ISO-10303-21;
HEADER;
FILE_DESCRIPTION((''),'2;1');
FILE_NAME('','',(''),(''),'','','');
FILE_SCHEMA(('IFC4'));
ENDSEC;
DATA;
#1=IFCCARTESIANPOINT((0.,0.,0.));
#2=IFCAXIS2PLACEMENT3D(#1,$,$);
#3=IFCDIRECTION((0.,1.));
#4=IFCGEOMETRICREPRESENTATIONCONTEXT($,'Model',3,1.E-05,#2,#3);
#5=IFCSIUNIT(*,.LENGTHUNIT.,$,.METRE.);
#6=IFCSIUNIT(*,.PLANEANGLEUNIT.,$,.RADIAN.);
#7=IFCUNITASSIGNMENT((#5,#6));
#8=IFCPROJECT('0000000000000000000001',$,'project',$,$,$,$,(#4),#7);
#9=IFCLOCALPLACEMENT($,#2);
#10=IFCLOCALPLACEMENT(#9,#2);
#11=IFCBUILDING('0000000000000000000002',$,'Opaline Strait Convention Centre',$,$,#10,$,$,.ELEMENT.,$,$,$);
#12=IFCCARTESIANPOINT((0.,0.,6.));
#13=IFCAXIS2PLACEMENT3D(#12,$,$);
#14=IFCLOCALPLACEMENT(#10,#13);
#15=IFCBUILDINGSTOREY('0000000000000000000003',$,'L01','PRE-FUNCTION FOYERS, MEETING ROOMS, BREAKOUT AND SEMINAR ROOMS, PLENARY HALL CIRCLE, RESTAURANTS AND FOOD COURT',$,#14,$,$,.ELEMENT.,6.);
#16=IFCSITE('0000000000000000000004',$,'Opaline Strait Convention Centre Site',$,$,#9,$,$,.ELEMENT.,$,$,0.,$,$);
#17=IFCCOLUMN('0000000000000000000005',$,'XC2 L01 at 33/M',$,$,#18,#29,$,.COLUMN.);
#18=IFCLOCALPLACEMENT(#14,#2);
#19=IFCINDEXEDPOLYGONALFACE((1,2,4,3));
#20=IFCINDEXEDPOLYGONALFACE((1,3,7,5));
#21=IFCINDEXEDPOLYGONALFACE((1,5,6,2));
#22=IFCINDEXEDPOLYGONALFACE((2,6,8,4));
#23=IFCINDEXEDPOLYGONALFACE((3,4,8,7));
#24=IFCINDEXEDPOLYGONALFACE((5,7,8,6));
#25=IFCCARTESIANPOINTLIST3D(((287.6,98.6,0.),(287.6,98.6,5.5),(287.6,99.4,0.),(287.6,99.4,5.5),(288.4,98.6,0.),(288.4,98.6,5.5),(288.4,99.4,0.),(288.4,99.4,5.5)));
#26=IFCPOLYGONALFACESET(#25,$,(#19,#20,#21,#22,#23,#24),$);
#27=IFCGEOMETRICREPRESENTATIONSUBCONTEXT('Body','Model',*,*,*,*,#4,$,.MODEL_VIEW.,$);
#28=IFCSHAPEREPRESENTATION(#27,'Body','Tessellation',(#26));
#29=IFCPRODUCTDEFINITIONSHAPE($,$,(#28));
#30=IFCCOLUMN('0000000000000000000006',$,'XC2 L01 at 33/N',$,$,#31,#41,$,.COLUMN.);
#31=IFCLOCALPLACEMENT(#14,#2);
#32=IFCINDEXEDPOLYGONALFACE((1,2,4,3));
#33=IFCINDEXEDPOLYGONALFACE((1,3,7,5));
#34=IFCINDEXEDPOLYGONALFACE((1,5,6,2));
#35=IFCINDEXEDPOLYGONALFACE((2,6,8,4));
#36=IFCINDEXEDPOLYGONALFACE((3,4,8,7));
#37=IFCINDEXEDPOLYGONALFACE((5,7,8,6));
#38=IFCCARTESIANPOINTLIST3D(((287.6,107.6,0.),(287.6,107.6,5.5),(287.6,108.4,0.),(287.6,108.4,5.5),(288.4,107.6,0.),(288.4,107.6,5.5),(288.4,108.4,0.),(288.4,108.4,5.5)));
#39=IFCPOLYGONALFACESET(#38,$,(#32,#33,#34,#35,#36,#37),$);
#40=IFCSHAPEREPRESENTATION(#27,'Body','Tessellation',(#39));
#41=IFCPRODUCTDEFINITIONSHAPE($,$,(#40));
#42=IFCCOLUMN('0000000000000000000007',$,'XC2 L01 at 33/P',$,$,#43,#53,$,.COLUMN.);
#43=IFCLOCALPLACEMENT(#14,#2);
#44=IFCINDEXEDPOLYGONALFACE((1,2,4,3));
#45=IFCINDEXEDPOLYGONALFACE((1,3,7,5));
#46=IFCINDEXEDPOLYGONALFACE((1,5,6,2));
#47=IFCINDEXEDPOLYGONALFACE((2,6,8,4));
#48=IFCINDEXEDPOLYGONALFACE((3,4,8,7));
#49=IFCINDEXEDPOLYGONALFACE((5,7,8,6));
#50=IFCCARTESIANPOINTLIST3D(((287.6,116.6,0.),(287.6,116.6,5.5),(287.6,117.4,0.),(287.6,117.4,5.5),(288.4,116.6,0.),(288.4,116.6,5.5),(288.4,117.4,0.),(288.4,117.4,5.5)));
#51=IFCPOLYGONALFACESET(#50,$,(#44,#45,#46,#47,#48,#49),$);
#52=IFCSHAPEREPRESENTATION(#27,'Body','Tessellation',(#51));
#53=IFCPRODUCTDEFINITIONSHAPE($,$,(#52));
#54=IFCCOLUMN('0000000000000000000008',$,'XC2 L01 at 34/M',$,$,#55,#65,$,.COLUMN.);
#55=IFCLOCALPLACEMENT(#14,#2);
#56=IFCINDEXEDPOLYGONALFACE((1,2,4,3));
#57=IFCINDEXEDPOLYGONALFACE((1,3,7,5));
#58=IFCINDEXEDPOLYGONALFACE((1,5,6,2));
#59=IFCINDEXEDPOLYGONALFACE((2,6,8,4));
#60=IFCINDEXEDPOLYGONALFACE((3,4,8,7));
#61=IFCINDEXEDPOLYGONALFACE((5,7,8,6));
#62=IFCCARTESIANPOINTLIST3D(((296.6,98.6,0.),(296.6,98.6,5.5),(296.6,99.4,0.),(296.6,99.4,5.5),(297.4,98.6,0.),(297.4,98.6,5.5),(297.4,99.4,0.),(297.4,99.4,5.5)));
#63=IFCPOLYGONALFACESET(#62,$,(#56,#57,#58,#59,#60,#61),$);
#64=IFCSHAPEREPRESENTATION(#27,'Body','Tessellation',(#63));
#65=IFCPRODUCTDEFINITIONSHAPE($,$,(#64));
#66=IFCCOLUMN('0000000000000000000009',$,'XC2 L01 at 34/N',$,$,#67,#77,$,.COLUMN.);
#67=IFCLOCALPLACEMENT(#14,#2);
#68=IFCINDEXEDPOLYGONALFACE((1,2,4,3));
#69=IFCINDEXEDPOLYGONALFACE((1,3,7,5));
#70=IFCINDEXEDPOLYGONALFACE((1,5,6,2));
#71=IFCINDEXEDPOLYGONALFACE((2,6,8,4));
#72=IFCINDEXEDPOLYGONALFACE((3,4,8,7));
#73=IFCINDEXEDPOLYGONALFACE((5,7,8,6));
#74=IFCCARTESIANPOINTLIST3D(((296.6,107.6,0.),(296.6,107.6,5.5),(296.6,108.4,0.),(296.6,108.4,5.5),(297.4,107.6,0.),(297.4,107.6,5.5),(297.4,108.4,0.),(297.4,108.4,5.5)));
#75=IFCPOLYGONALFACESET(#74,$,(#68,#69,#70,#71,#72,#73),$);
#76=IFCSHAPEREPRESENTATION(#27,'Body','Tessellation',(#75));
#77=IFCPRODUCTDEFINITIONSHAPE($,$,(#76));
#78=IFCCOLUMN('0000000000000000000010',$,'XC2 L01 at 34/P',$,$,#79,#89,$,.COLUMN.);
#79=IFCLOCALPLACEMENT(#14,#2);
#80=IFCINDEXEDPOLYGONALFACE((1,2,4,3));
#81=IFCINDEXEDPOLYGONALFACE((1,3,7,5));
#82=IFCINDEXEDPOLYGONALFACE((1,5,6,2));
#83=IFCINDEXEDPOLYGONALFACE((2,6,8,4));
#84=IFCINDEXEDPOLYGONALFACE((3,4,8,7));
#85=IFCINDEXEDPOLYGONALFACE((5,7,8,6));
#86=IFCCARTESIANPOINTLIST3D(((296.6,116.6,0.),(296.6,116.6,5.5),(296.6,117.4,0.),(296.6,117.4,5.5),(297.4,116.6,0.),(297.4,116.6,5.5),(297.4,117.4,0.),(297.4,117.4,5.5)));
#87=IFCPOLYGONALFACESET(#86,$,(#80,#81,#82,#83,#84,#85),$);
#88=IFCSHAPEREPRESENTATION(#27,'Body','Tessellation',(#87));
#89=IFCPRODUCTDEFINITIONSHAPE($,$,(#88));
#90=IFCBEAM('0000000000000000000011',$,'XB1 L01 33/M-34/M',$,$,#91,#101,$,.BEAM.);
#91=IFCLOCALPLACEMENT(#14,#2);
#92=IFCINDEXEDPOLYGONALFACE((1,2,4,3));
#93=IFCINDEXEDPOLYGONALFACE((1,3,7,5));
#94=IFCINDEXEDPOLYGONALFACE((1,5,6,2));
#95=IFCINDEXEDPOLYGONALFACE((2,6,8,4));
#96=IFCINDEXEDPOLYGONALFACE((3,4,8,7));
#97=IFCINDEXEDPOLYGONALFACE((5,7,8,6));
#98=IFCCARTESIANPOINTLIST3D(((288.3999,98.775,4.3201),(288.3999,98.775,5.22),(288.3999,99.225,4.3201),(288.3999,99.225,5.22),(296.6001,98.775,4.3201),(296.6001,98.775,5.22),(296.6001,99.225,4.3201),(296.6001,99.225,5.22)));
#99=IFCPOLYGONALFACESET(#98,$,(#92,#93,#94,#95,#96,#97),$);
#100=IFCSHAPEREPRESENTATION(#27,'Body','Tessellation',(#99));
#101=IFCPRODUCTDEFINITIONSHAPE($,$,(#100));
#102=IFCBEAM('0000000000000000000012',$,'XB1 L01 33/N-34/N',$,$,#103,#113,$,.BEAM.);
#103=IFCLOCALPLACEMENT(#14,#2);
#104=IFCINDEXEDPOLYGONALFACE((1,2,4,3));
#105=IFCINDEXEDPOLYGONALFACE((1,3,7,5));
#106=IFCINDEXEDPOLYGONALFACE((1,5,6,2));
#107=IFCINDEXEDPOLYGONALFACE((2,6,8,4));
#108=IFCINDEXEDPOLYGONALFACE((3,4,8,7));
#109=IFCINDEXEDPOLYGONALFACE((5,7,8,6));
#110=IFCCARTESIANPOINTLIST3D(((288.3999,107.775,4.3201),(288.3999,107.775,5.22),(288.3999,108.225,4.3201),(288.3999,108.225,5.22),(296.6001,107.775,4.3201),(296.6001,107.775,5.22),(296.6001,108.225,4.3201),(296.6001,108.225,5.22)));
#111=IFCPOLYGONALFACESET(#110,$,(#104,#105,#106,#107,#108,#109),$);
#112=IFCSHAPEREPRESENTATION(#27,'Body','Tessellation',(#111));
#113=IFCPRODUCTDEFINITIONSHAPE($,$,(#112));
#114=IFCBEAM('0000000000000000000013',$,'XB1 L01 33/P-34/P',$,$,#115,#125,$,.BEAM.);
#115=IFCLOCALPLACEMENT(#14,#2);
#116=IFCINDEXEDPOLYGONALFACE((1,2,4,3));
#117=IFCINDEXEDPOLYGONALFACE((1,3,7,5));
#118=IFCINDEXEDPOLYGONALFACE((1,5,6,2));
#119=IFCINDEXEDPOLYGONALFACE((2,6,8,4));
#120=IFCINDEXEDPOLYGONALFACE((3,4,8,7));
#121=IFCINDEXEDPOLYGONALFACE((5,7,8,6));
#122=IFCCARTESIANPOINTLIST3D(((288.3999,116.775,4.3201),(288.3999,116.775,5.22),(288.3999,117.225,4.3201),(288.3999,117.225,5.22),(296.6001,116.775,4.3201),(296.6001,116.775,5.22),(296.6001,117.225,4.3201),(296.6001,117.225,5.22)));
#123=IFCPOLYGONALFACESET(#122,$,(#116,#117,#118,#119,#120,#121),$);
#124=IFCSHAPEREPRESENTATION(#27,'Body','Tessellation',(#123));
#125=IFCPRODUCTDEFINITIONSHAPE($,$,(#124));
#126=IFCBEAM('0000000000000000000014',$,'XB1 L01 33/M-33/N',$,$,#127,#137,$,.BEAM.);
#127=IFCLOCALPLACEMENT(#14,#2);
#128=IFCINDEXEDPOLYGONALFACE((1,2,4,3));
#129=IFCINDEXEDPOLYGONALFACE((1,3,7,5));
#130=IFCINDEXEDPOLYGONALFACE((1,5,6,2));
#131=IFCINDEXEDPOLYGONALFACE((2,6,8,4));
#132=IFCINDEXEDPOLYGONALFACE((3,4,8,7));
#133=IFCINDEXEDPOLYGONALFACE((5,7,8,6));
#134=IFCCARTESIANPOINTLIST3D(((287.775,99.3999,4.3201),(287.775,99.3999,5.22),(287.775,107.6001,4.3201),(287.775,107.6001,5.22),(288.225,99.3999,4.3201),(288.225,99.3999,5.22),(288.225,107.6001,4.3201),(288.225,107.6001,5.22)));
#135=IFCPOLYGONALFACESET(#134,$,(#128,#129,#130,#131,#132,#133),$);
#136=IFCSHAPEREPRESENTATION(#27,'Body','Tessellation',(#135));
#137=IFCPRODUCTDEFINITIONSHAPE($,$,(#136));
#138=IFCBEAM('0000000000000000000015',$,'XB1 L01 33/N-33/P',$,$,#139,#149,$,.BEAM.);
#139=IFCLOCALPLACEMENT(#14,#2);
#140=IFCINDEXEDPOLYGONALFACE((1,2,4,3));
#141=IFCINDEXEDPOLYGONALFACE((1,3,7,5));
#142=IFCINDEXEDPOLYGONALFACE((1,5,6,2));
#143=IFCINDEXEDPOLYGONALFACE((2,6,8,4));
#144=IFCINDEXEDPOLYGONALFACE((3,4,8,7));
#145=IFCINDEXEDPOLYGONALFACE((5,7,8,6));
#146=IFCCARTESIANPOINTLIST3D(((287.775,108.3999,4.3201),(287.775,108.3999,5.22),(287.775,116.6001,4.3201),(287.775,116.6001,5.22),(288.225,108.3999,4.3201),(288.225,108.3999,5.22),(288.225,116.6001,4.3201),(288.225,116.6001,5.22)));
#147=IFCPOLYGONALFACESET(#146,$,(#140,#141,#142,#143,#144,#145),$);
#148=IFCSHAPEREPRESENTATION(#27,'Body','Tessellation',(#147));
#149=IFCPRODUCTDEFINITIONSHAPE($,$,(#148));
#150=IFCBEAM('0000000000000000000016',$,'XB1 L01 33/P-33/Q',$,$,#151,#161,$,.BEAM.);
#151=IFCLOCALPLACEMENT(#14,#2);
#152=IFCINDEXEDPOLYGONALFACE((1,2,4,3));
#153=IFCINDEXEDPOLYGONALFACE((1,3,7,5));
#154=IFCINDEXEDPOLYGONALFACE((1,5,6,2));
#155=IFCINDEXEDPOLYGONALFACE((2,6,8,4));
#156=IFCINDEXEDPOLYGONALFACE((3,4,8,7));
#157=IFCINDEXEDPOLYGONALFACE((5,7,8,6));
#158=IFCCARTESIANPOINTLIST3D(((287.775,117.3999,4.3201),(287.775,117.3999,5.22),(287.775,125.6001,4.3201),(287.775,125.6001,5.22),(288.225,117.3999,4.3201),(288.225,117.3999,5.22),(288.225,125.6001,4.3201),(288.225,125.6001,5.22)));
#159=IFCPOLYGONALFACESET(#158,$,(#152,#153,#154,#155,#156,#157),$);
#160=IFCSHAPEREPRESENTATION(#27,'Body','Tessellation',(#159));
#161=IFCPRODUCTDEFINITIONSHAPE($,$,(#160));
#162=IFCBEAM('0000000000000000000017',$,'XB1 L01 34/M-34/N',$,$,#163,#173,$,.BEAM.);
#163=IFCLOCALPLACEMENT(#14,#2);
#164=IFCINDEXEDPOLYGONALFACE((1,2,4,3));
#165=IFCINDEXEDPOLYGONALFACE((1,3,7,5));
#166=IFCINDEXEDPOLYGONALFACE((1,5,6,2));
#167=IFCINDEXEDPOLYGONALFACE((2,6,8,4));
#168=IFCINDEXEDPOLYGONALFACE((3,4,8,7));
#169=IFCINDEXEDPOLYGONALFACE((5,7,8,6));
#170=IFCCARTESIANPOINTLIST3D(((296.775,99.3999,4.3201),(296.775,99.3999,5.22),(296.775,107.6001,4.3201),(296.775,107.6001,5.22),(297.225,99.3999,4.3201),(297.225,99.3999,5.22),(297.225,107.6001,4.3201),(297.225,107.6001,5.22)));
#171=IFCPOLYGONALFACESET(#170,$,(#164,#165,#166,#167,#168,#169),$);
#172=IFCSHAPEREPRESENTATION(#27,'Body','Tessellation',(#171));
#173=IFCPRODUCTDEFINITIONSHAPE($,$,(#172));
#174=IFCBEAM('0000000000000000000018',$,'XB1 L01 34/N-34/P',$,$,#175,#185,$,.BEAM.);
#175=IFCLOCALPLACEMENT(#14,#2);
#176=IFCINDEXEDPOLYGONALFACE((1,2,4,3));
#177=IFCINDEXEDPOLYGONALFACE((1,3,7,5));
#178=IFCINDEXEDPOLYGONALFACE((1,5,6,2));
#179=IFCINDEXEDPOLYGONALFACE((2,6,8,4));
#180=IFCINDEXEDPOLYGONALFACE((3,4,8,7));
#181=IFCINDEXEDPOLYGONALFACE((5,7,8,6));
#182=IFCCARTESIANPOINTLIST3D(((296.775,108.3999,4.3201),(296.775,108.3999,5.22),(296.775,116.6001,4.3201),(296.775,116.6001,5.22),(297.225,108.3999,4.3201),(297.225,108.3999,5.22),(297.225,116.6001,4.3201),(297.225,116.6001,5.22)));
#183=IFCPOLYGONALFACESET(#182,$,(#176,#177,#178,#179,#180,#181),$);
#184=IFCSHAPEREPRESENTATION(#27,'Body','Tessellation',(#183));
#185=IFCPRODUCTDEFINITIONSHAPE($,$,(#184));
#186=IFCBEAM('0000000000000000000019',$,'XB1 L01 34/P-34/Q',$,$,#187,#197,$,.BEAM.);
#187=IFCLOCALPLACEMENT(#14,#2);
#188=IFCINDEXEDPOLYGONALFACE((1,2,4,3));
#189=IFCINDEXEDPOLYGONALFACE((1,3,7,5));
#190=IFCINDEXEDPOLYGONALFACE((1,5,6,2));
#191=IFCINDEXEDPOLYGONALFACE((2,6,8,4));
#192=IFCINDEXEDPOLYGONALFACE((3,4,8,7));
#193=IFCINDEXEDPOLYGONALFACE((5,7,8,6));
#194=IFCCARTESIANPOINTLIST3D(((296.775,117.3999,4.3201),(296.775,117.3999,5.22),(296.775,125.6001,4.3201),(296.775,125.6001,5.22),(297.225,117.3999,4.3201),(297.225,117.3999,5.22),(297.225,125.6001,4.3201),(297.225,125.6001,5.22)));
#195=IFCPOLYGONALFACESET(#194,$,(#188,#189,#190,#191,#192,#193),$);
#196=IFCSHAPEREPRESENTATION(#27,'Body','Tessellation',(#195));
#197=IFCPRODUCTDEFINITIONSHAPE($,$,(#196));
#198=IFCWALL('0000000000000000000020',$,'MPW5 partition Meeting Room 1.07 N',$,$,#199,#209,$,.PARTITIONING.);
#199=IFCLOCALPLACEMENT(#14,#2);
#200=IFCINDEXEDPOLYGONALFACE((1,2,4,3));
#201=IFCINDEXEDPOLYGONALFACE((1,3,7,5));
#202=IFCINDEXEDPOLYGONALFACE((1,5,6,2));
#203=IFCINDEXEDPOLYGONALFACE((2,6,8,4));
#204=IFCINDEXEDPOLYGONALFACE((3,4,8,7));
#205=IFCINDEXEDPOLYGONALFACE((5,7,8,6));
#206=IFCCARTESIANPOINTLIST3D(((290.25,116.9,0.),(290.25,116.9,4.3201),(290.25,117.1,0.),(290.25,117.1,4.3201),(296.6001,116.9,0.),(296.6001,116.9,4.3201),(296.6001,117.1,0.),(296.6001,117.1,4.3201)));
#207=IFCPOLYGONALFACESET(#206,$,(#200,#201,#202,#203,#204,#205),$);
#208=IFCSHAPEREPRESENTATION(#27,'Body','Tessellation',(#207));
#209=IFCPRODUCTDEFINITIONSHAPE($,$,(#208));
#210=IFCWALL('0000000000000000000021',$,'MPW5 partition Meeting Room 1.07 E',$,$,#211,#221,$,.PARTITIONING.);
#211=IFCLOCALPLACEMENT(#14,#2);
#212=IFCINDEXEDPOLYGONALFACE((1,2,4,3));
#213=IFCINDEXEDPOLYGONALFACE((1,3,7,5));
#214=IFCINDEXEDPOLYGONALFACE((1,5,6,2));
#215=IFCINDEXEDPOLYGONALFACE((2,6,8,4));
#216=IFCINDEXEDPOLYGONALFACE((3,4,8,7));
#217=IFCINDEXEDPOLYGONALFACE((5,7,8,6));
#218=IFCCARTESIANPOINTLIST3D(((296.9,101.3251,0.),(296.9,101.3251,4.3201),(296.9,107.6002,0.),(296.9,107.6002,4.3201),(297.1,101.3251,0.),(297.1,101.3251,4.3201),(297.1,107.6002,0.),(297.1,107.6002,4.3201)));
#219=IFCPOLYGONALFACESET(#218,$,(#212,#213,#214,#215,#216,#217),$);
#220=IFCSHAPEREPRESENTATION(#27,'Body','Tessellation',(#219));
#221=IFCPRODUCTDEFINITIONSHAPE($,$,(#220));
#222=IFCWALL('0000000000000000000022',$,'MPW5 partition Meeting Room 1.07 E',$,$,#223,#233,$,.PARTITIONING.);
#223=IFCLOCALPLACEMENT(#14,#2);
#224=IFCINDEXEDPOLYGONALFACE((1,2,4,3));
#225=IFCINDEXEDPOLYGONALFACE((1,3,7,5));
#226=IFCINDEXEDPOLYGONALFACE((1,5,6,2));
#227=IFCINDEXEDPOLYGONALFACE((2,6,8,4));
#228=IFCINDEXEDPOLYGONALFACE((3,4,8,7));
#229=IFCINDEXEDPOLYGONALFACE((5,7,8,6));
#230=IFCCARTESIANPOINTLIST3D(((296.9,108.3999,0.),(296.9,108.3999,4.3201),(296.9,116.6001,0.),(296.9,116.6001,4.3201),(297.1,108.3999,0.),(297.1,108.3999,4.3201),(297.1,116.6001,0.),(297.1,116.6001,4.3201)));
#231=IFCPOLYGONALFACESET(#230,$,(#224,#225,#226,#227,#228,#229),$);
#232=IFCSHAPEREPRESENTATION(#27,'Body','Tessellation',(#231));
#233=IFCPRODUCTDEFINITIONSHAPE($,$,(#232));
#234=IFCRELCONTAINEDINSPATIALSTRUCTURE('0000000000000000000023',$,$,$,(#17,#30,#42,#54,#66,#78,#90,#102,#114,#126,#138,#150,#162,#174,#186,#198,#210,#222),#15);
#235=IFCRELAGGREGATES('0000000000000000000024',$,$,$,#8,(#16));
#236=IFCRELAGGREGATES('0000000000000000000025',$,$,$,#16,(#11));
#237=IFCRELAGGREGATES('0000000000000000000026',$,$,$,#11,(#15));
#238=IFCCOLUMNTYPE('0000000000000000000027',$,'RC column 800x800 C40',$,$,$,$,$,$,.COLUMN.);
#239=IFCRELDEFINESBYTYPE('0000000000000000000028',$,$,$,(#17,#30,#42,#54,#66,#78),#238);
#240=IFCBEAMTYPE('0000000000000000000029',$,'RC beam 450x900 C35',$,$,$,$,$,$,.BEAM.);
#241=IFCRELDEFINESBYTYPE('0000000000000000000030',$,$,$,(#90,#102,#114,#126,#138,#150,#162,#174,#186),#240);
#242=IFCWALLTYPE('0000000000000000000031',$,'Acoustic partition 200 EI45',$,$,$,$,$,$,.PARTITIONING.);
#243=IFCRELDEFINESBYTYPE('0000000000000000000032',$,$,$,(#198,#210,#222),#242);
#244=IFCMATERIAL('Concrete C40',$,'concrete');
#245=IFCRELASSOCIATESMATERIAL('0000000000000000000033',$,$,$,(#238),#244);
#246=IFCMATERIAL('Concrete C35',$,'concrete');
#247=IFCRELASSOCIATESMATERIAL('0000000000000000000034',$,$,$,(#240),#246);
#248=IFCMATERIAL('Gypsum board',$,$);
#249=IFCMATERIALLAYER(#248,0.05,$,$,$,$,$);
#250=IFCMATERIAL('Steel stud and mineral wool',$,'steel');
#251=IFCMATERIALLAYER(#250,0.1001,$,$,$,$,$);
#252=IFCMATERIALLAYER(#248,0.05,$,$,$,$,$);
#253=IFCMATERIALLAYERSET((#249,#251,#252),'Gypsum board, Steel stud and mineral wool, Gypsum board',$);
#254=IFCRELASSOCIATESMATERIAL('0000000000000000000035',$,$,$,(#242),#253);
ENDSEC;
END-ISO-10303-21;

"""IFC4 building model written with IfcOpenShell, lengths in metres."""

from ifc_helpers import new_model, si_unit, direction, frame, frame_2d, origin, origin_2d, place, context, subcontext, project, spatial, rectangle, extrude, material, layer, layer_set, material_profile, profile_set, type_object, element, save


model = new_model("IFC4")

# Units and contexts
model_context = context("Model", 3, precision=1e-05, world=origin(), true_north=direction((0.0, 1.0)))
body_context = subcontext(model_context, "Body", "Model", "MODEL_VIEW")
ifc_project = project(units=[si_unit("LENGTHUNIT", "METRE"), si_unit("PLANEANGLEUNIT", "RADIAN")], contexts=[model_context])

# Site, building, storey
site_placement = place(None, origin())
site = spatial("IfcSite", under=ifc_project, at=site_placement, Name="Opaline Strait Convention Centre Site", CompositionType="ELEMENT", RefElevation=0.0)
building_placement = place(site_placement, origin())
building = spatial("IfcBuilding", under=site, at=building_placement, Name="Opaline Strait Convention Centre", CompositionType="ELEMENT")
storey_placement = place(building_placement, frame((0.0, 0.0, 6.0)))
storey = spatial("IfcBuildingStorey", under=building, at=storey_placement, Name="L01", Description="PRE-FUNCTION FOYERS, MEETING ROOMS, BREAKOUT AND SEMINAR ROOMS, PLENARY HALL CIRCLE, RESTAURANTS AND FOOD COURT", CompositionType="ELEMENT", Elevation=6.0)

# Columns
ifc_material_1 = material(Name="Concrete C40", Category="concrete")
ifc_material_profile_1 = material_profile(ifc_material_1, rectangle(XDim=0.8, YDim=0.8, at=origin_2d()), Name="RC 800x800")
ifc_profile_set_1 = profile_set([ifc_material_profile_1], Name="Concrete C40")
column_type = type_object("IfcColumnType", Name="RC column 800x800 C40", PredefinedType="COLUMN", material=ifc_profile_set_1)
for number, where, z_axis, x_axis, name in (
    (1, (288.0, 99.0, 0.0), (0.0, 0.0, 1.0), (1.0, 0.0, 0.0), "XC2 L01 at 33/M"),
    (2, (288.0, 108.0, 0.0), (0.0, 0.0, 1.0), (1.0, 0.0, 0.0), "XC2 L01 at 33/N"),
    (3, (288.0, 117.0, 0.0), (0.0, 0.0, 1.0), (1.0, 0.0, 0.0), "XC2 L01 at 33/P"),
    (4, (297.0, 99.0, 0.0), (0.0, 0.0, 1.0), (1.0, 0.0, 0.0), "XC2 L01 at 34/M"),
    (5, (297.0, 108.0, 0.0), (0.0, 0.0, 1.0), (1.0, 0.0, 0.0), "XC2 L01 at 34/N"),
    (6, (297.0, 117.0, 0.0), (0.0, 0.0, 1.0), (1.0, 0.0, 0.0), "XC2 L01 at 34/P"),
):
    element("IfcColumn", number, at=place(storey_placement, frame(where, z_axis=z_axis, x_axis=x_axis)), inside=storey, type_object=column_type, Name=name, PredefinedType="COLUMN", context=body_context, shape_type="SweptSolid", body=[
        extrude(rectangle(XDim=0.8, YDim=0.8, at=origin_2d()), origin(), (0.0, 0.0, 1.0), 5.5),
    ])

# Beams
ifc_material_2 = material(Name="Concrete C35", Category="concrete")
ifc_material_profile_2 = material_profile(ifc_material_2, rectangle(XDim=0.45, YDim=0.8999, at=origin_2d()), Name="RC 450x900")
ifc_profile_set_2 = profile_set([ifc_material_profile_2], Name="Concrete C35")
beam_type = type_object("IfcBeamType", Name="RC beam 450x900 C35", PredefinedType="BEAM", material=ifc_profile_set_2)
for number, where, z_axis, x_axis, name in (
    (7, (288.3999, 99.0, 4.77), (1.0, 0.0, 0.0), (0.0, 1.0, 0.0), "XB1 L01 33/M-34/M"),
    (8, (288.3999, 108.0, 4.77), (1.0, 0.0, 0.0), (0.0, 1.0, 0.0), "XB1 L01 33/N-34/N"),
    (9, (288.3999, 117.0, 4.77), (1.0, 0.0, 0.0), (0.0, 1.0, 0.0), "XB1 L01 33/P-34/P"),
    (10, (288.0, 99.3999, 4.77), (0.0, 1.0, 0.0), (-1.0, 0.0, 0.0), "XB1 L01 33/M-33/N"),
    (11, (288.0, 108.3999, 4.77), (0.0, 1.0, 0.0), (-1.0, 0.0, 0.0), "XB1 L01 33/N-33/P"),
    (12, (288.0, 117.3999, 4.77), (0.0, 1.0, 0.0), (-1.0, 0.0, 0.0), "XB1 L01 33/P-33/Q"),
    (13, (297.0, 99.3999, 4.77), (0.0, 1.0, 0.0), (-1.0, 0.0, 0.0), "XB1 L01 34/M-34/N"),
    (14, (297.0, 108.3999, 4.77), (0.0, 1.0, 0.0), (-1.0, 0.0, 0.0), "XB1 L01 34/N-34/P"),
    (15, (297.0, 117.3999, 4.77), (0.0, 1.0, 0.0), (-1.0, 0.0, 0.0), "XB1 L01 34/P-34/Q"),
):
    element("IfcBeam", number, at=place(storey_placement, frame(where, z_axis=z_axis, x_axis=x_axis)), inside=storey, type_object=beam_type, Name=name, PredefinedType="BEAM", context=body_context, shape_type="SweptSolid", body=[
        extrude(rectangle(XDim=0.45, YDim=0.8999, at=origin_2d()), origin(), (0.0, 0.0, 1.0), 8.2002),
    ])

# Walls
ifc_material_3 = material(Name="Gypsum board")
ifc_layer_1 = layer(ifc_material_3, 0.05)
ifc_material_4 = material(Name="Steel stud and mineral wool", Category="steel")
ifc_layer_2 = layer(ifc_material_4, 0.1001)
ifc_layer_3 = layer(ifc_material_3, 0.05)
ifc_layer_set_1 = layer_set([ifc_layer_1, ifc_layer_2, ifc_layer_3], Name="Gypsum board, Steel stud and mineral wool, Gypsum board")
wall_type_1 = type_object("IfcWallType", Name="Acoustic partition 200 EI45", PredefinedType="PARTITIONING", material=ifc_layer_set_1)
wall_1_placement = place(storey_placement, frame((290.25, 117.0, 0.0), z_axis=(0.0, 0.0, 1.0), x_axis=(1.0, 0.0, 0.0)))
element("IfcWall", 16, at=wall_1_placement, inside=storey, type_object=wall_type_1, Name="MPW5 partition Meeting Room 1.07 N", PredefinedType="PARTITIONING", context=body_context, shape_type="SweptSolid", body=[
    extrude(rectangle(XDim=6.3501, YDim=0.2, at=frame_2d((3.175, 0.0))), origin(), (0.0, 0.0, 1.0), 4.3201),
])
wall_2_placement = place(storey_placement, frame((297.0, 101.325, 0.0), z_axis=(0.0, 0.0, 1.0), x_axis=(0.0, 1.0, 0.0)))
element("IfcWall", 17, at=wall_2_placement, inside=storey, type_object=wall_type_1, Name="MPW5 partition Meeting Room 1.07 E", PredefinedType="PARTITIONING", context=body_context, shape_type="SweptSolid", body=[
    extrude(rectangle(XDim=6.2751, YDim=0.2, at=frame_2d((3.1377, 0.0))), origin(), (0.0, 0.0, 1.0), 4.3201),
])
wall_3_placement = place(storey_placement, frame((297.0, 108.3999, 0.0), z_axis=(0.0, 0.0, 1.0), x_axis=(0.0, 1.0, 0.0)))
element("IfcWall", 18, at=wall_3_placement, inside=storey, type_object=wall_type_1, Name="MPW5 partition Meeting Room 1.07 E", PredefinedType="PARTITIONING", context=body_context, shape_type="SweptSolid", body=[
    extrude(rectangle(XDim=8.2002, YDim=0.2, at=frame_2d((4.1001, 0.0))), origin(), (0.0, 0.0, 1.0), 4.3201),
])

save(model, "model.ifc")
